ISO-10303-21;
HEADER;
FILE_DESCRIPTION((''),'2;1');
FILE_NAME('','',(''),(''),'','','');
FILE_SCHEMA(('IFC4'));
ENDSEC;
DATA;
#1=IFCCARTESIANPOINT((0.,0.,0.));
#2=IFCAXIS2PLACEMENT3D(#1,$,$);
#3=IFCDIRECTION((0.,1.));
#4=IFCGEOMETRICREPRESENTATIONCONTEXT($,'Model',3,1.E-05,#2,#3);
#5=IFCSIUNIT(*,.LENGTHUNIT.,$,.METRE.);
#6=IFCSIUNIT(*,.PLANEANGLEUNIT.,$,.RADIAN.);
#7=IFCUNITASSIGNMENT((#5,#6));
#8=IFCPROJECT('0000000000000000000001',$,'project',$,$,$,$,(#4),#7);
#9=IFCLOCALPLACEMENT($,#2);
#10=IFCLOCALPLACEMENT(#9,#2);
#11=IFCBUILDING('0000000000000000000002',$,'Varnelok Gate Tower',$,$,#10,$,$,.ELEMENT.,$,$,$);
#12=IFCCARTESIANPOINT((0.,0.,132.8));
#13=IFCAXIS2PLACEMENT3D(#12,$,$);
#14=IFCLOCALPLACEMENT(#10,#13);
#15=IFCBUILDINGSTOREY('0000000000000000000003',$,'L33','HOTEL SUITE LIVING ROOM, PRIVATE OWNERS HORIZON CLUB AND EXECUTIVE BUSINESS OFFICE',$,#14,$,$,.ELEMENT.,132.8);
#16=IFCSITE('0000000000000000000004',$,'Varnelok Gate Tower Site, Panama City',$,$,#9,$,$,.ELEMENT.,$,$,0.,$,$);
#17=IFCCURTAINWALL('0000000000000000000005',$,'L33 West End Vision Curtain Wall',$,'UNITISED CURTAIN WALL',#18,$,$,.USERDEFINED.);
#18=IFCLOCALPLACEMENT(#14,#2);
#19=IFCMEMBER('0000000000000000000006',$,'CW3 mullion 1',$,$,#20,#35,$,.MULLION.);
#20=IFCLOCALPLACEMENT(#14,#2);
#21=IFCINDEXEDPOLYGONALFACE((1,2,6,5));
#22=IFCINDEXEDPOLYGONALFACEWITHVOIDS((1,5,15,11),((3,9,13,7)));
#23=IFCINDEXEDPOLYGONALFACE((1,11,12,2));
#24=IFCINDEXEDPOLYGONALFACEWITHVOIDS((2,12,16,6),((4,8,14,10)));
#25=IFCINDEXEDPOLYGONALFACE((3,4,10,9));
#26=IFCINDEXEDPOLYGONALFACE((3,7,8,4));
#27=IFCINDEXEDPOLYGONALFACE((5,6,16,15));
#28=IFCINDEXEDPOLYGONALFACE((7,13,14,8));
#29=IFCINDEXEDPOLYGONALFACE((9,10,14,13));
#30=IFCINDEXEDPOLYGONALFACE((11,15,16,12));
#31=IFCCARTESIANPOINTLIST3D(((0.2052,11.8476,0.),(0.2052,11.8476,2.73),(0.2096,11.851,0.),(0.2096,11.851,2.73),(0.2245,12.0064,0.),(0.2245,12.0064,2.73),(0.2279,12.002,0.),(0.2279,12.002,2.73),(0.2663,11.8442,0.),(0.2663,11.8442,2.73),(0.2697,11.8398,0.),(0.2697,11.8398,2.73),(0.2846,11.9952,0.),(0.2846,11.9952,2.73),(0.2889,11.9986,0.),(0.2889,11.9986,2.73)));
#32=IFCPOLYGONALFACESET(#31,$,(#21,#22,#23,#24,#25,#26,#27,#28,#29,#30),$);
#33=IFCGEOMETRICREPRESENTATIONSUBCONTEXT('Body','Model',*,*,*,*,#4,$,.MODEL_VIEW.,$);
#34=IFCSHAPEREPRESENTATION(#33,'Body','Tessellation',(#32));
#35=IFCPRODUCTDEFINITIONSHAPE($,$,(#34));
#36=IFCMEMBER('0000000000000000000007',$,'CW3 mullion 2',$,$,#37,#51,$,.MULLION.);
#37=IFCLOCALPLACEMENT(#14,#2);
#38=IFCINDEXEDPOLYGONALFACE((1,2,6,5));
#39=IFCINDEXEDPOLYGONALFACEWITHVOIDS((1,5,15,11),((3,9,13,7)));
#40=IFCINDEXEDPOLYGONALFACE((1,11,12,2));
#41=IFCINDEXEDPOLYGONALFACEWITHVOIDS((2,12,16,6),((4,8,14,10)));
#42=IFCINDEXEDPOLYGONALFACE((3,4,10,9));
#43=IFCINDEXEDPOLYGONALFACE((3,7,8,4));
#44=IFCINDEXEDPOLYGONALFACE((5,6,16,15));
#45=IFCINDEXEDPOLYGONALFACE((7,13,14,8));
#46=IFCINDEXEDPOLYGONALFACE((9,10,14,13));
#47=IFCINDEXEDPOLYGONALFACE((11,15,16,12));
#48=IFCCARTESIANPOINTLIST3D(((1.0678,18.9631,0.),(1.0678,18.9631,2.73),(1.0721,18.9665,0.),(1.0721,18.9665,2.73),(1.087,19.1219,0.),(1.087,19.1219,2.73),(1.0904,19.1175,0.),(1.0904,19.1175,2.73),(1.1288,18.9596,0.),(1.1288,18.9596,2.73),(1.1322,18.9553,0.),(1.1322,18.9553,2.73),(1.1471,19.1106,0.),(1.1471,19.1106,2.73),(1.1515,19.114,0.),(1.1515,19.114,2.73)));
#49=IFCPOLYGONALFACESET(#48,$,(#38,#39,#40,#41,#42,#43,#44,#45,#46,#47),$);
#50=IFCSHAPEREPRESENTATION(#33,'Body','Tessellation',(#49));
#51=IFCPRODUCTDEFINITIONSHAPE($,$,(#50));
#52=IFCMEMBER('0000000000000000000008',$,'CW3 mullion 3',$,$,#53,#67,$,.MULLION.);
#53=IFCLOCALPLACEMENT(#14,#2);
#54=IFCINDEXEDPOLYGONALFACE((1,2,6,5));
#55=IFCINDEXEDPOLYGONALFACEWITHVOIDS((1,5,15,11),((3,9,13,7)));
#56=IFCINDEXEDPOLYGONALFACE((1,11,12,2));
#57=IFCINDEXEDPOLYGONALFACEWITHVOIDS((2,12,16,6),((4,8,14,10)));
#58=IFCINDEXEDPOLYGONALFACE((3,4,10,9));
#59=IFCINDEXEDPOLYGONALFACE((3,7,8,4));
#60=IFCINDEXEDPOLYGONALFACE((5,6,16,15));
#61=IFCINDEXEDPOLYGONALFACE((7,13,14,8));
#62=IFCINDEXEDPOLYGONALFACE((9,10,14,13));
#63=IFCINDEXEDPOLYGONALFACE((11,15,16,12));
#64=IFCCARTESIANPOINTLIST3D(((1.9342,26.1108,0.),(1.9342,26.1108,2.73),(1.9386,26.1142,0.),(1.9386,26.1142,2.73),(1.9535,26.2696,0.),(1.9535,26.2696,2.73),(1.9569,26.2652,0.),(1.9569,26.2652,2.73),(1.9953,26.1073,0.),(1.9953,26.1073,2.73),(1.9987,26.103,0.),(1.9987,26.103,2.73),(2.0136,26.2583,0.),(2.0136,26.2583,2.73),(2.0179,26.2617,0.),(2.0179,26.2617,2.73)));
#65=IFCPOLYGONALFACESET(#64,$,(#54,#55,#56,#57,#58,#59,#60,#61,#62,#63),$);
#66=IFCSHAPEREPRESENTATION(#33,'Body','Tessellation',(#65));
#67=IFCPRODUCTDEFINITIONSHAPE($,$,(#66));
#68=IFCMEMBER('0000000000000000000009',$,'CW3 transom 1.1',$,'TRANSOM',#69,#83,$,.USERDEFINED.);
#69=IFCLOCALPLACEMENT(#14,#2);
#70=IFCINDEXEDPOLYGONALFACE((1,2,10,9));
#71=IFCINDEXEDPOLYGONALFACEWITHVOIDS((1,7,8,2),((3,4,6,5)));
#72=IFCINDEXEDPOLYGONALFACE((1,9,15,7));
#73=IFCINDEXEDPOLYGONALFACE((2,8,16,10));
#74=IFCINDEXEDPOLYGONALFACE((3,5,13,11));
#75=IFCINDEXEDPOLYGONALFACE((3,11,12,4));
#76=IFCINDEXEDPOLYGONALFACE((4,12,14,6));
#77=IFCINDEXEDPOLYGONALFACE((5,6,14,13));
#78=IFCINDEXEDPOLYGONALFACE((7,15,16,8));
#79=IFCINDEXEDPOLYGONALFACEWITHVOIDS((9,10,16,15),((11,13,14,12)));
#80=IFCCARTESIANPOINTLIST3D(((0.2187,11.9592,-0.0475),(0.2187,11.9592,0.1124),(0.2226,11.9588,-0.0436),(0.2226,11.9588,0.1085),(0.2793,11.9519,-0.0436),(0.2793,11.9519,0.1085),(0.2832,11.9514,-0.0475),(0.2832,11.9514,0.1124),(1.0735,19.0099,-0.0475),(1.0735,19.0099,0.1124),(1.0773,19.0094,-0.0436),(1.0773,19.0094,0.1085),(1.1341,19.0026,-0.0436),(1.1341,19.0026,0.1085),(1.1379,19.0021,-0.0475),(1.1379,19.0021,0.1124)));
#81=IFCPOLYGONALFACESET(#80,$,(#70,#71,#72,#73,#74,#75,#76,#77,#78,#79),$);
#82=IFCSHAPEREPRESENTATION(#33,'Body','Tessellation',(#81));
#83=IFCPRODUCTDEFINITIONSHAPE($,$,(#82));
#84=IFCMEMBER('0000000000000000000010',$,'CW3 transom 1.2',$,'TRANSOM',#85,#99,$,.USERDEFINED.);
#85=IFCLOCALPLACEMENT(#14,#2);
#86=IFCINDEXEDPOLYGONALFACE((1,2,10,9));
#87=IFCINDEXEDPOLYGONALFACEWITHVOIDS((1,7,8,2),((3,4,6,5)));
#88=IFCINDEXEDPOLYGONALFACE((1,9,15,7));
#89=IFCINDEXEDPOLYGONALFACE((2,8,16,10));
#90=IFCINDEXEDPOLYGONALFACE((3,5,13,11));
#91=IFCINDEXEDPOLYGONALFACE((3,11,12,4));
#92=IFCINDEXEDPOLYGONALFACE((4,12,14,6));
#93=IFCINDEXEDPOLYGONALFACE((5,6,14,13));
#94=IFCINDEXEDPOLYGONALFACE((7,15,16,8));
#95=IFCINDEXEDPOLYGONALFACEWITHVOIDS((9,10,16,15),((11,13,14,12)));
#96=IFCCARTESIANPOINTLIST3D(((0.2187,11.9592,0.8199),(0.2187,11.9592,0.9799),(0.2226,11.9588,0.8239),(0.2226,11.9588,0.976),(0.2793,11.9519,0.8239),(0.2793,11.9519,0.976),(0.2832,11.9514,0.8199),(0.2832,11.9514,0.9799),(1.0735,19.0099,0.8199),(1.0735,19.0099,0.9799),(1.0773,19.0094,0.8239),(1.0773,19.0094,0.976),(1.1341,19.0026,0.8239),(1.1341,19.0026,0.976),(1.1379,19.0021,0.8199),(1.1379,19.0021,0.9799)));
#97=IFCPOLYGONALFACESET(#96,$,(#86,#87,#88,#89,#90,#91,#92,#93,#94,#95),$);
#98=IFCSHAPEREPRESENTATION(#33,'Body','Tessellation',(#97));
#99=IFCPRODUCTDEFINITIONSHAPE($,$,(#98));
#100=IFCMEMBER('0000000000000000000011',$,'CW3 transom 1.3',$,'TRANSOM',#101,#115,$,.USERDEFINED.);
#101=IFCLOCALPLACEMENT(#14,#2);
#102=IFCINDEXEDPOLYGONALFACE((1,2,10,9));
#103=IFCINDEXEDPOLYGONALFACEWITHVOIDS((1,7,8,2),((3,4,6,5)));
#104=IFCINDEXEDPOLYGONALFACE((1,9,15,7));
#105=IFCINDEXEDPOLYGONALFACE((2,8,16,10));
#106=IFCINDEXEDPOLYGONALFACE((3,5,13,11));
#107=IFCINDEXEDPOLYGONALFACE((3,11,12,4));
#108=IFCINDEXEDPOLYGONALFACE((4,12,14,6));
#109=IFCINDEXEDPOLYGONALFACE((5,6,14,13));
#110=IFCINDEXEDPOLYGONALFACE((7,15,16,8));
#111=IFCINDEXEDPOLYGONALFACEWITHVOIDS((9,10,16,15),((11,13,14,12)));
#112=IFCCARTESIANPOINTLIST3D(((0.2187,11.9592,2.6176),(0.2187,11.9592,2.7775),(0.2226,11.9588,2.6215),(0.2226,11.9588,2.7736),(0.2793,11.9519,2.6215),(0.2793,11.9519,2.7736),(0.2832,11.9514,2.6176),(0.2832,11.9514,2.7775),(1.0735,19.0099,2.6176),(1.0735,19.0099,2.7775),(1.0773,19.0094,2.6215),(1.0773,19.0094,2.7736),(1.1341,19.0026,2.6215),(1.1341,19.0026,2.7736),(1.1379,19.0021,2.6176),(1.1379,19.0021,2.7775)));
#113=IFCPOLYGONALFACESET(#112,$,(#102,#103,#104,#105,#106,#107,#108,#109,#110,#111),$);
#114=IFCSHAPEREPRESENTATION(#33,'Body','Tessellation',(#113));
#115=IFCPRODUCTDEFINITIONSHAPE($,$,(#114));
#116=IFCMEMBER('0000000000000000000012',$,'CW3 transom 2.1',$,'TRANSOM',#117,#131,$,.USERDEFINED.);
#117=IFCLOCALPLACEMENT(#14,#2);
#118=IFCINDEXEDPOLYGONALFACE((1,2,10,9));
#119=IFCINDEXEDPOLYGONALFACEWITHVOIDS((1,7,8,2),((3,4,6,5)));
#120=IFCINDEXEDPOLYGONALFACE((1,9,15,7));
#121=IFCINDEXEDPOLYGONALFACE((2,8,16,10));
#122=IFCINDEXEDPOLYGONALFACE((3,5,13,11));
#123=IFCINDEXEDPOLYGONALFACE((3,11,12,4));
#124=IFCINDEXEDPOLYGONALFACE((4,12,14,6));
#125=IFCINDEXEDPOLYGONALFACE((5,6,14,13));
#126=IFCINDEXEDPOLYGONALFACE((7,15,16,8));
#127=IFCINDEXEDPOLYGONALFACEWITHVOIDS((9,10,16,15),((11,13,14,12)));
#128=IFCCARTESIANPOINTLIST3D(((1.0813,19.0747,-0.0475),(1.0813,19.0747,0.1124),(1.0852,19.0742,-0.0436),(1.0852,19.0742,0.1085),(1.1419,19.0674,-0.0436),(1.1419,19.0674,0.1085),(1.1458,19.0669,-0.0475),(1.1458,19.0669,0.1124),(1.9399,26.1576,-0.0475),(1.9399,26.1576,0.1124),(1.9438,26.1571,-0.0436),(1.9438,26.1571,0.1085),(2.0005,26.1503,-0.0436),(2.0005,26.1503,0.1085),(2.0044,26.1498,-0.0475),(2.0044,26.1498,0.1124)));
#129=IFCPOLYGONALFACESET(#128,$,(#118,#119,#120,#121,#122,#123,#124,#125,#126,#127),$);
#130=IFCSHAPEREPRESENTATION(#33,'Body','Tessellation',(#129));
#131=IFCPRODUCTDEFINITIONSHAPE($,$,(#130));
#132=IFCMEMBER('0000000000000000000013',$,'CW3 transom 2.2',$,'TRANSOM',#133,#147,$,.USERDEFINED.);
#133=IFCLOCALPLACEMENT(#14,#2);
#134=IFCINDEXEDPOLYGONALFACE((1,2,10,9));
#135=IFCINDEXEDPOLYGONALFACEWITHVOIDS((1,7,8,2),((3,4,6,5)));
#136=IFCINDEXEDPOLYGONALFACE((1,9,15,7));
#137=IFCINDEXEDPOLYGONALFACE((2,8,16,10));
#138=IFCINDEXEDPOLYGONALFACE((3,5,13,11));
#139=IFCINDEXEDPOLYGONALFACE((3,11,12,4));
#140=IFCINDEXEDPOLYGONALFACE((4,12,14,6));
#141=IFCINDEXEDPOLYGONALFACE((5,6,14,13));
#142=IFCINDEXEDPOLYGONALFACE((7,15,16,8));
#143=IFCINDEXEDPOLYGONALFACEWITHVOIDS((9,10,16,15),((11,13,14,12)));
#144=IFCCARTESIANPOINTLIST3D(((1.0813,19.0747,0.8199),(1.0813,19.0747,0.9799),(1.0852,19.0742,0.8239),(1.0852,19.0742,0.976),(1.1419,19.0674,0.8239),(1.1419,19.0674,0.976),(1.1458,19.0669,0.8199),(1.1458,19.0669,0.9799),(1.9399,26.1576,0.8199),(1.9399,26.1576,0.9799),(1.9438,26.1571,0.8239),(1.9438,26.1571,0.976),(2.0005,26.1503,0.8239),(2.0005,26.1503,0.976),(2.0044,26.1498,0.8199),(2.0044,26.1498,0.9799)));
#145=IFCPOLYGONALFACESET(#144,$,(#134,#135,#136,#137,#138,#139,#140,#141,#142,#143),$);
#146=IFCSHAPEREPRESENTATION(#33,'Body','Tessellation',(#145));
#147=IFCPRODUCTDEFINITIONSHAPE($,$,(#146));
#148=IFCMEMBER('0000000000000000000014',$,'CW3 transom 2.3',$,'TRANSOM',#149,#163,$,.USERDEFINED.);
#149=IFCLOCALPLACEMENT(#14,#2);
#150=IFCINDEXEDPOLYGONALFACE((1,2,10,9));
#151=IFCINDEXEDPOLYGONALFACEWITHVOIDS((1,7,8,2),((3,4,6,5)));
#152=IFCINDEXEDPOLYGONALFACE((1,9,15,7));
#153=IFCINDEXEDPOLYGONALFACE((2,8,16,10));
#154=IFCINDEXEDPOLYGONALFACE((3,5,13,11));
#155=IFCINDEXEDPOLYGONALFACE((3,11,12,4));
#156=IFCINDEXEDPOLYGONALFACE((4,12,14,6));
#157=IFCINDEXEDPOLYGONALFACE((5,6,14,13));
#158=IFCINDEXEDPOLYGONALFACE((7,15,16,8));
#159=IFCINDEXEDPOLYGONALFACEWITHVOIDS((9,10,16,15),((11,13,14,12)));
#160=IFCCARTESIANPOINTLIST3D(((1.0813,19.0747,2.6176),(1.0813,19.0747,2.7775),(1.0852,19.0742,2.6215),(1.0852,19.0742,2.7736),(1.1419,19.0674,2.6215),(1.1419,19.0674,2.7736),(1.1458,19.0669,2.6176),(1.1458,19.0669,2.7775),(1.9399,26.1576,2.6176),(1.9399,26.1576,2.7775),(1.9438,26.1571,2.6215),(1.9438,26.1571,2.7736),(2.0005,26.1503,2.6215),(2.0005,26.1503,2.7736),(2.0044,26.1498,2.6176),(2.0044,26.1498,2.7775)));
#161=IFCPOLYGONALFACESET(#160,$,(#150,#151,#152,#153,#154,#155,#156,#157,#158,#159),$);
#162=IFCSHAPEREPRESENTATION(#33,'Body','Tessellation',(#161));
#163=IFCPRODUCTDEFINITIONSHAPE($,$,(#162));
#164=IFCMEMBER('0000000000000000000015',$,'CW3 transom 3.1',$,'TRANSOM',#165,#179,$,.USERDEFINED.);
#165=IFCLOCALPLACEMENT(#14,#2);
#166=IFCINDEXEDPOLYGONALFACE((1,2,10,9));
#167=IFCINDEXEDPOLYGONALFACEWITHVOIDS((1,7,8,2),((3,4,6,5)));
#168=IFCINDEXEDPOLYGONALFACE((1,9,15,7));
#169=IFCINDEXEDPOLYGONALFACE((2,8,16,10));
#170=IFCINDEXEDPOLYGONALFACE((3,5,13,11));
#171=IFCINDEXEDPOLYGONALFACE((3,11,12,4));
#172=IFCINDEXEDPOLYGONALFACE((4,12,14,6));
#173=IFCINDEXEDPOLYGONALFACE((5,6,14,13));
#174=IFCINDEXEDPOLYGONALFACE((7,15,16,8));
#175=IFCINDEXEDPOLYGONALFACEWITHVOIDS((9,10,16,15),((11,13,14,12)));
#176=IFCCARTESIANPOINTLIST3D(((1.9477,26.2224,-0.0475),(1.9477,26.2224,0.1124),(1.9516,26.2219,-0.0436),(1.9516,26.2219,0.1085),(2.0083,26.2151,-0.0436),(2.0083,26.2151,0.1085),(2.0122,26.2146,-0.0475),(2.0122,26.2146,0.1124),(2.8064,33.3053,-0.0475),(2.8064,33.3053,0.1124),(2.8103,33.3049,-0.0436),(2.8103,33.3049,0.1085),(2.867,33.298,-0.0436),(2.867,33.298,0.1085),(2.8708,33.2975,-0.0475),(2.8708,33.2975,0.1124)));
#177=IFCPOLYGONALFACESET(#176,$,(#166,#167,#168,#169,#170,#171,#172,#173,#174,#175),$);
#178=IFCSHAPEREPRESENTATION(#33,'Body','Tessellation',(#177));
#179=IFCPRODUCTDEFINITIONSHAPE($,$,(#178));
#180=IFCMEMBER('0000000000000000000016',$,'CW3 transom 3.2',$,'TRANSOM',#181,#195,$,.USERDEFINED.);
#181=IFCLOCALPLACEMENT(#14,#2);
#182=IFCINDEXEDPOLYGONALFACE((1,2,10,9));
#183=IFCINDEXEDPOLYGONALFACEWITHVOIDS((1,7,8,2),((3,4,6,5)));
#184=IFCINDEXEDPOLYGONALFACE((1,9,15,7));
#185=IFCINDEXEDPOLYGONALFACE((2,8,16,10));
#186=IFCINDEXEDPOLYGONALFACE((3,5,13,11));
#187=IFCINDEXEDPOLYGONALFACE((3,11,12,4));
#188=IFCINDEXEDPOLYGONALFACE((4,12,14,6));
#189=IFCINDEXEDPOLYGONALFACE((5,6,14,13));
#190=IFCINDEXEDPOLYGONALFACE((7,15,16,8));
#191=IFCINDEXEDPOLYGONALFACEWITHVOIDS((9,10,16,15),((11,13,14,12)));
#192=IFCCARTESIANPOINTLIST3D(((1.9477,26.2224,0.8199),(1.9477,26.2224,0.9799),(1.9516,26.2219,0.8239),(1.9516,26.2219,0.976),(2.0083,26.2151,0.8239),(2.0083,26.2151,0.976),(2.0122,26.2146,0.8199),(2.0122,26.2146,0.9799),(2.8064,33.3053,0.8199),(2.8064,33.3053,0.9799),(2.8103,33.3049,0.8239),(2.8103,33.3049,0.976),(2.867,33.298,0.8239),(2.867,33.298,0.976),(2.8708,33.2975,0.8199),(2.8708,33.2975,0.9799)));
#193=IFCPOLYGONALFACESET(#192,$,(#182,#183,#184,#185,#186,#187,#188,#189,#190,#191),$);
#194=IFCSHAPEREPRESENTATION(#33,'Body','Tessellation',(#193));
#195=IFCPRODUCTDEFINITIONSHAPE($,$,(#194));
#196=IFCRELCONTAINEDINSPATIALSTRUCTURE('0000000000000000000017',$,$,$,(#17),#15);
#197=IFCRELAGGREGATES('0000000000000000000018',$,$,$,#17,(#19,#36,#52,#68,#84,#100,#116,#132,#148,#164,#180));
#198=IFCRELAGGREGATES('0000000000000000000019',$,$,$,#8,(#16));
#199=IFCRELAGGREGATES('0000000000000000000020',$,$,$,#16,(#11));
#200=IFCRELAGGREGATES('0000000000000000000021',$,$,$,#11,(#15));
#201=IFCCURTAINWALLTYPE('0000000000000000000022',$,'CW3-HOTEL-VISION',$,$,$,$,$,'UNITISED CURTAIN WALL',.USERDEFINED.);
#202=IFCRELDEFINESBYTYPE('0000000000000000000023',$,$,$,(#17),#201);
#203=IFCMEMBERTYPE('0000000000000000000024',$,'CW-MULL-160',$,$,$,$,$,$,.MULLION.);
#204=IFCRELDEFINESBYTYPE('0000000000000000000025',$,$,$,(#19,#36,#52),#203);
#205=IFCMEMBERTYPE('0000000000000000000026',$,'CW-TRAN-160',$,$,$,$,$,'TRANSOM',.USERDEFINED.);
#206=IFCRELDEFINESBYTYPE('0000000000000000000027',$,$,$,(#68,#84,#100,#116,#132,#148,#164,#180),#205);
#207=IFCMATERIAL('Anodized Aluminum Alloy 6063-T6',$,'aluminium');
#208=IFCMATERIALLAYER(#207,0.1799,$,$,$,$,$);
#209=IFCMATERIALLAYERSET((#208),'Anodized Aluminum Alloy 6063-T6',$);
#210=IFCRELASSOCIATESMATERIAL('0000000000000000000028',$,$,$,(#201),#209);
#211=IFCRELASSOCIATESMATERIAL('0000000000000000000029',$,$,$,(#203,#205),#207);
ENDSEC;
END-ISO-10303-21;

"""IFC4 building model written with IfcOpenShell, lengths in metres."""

from ifc_helpers import new_model, si_unit, direction, frame, origin, origin_2d, place, context, subcontext, project, spatial, hollow_rectangle, extrude, material, layer, layer_set, material_profile, profile_set, type_object, element, aggregate, save


model = new_model("IFC4")

# Units and contexts
model_context = context("Model", 3, precision=1e-05, world=origin(), true_north=direction((0.0, 1.0)))
body_context = subcontext(model_context, "Body", "Model", "MODEL_VIEW")
ifc_project = project(units=[si_unit("LENGTHUNIT", "METRE"), si_unit("PLANEANGLEUNIT", "RADIAN")], contexts=[model_context])

# Site, building, storey
site_placement = place(None, origin())
site = spatial("IfcSite", under=ifc_project, at=site_placement, Name="Varnelok Gate Tower Site, Panama City", CompositionType="ELEMENT", RefElevation=0.0)
building_placement = place(site_placement, origin())
building = spatial("IfcBuilding", under=site, at=building_placement, Name="Varnelok Gate Tower", CompositionType="ELEMENT")
storey_placement = place(building_placement, frame((0.0, 0.0, 132.8)))
storey = spatial("IfcBuildingStorey", under=building, at=storey_placement, Name="L33", Description="HOTEL SUITE LIVING ROOM, PRIVATE OWNERS HORIZON CLUB AND EXECUTIVE BUSINESS OFFICE", CompositionType="ELEMENT", Elevation=132.8)

# Curtain wall, members
ifc_material_1 = material(Name="Anodized Aluminum Alloy 6063-T6", Category="aluminium")
ifc_layer_1 = layer(ifc_material_1, 0.1799)
ifc_layer_set_1 = layer_set([ifc_layer_1], Name="Anodized Aluminum Alloy 6063-T6")
curtain_wall_type = type_object("IfcCurtainWallType", Name="CW3-HOTEL-VISION", ElementType="UNITISED CURTAIN WALL", PredefinedType="USERDEFINED", material=ifc_layer_set_1)
curtain_wall_placement = place(storey_placement, origin())
curtain_wall = element("IfcCurtainWall", 1, at=curtain_wall_placement, inside=storey, type_object=curtain_wall_type, Name="L33 West End Vision Curtain Wall", ObjectType="UNITISED CURTAIN WALL", PredefinedType="USERDEFINED")
ifc_material_profile_1 = material_profile(ifc_material_1, hollow_rectangle(XDim=0.0649, YDim=0.1599, WallThickness=0.0039, at=origin_2d()), Name="ALU160X65X4")
ifc_profile_set_1 = profile_set([ifc_material_profile_1], Name="Anodized Aluminum Alloy 6063-T6")
member_type_1 = type_object("IfcMemberType", Name="CW-MULL-160", PredefinedType="MULLION", material=ifc_profile_set_1)
member_1_placement = place(storey_placement, frame((0.2471, 11.9231, 0.0), z_axis=(0.0, 0.0, 1.0), x_axis=(-0.992732, 0.120347, 0.0)))
member_1 = element("IfcMember", 2, at=member_1_placement, type_object=member_type_1, Name="CW3 mullion 1", PredefinedType="MULLION", context=body_context, shape_type="SweptSolid", body=[
    extrude(hollow_rectangle(XDim=0.0649, YDim=0.1599, WallThickness=0.0039, at=origin_2d()), origin(), (0.0, 0.0, 1.0), 2.73),
])
member_2_placement = place(storey_placement, frame((1.1096, 19.0386, 0.0), z_axis=(0.0, 0.0, 1.0), x_axis=(-0.992732, 0.120347, 0.0)))
member_2 = element("IfcMember", 3, at=member_2_placement, type_object=member_type_1, Name="CW3 mullion 2", PredefinedType="MULLION", context=body_context, shape_type="SweptSolid", body=[
    extrude(hollow_rectangle(XDim=0.0649, YDim=0.1599, WallThickness=0.0039, at=origin_2d()), origin(), (0.0, 0.0, 1.0), 2.73),
])
member_3_placement = place(storey_placement, frame((1.9761, 26.1863, 0.0), z_axis=(0.0, 0.0, 1.0), x_axis=(-0.992732, 0.120347, 0.0)))
member_3 = element("IfcMember", 4, at=member_3_placement, type_object=member_type_1, Name="CW3 mullion 3", PredefinedType="MULLION", context=body_context, shape_type="SweptSolid", body=[
    extrude(hollow_rectangle(XDim=0.0649, YDim=0.1599, WallThickness=0.0039, at=origin_2d()), origin(), (0.0, 0.0, 1.0), 2.73),
])
ifc_material_profile_2 = material_profile(ifc_material_1, hollow_rectangle(XDim=0.0649, YDim=0.1599, WallThickness=0.0039, at=origin_2d()), Name="ALU160X65X4")
ifc_profile_set_2 = profile_set([ifc_material_profile_2], Name="Anodized Aluminum Alloy 6063-T6")
member_type_2 = type_object("IfcMemberType", Name="CW-TRAN-160", ElementType="TRANSOM", PredefinedType="USERDEFINED", material=ifc_profile_set_2)
member_4_placement = place(storey_placement, frame((0.251, 11.9553, 0.0325), z_axis=(0.120345, 0.992732, 0.0), x_axis=(-0.992732, 0.120345, 0.0)))
member_4 = element("IfcMember", 5, at=member_4_placement, type_object=member_type_2, Name="CW3 transom 1.1", ObjectType="TRANSOM", PredefinedType="USERDEFINED", context=body_context, shape_type="SweptSolid", body=[
    extrude(hollow_rectangle(XDim=0.0649, YDim=0.1599, WallThickness=0.0039, at=origin_2d()), origin(), (0.0, 0.0, 1.0), 7.1023),
])
member_5_placement = place(storey_placement, frame((0.251, 11.9553, 0.8999), z_axis=(0.120345, 0.992732, 0.0), x_axis=(-0.992732, 0.120345, 0.0)))
member_5 = element("IfcMember", 6, at=member_5_placement, type_object=member_type_2, Name="CW3 transom 1.2", ObjectType="TRANSOM", PredefinedType="USERDEFINED", context=body_context, shape_type="SweptSolid", body=[
    extrude(hollow_rectangle(XDim=0.0649, YDim=0.1599, WallThickness=0.0039, at=origin_2d()), origin(), (0.0, 0.0, 1.0), 7.1023),
])
member_6_placement = place(storey_placement, frame((0.251, 11.9553, 2.6975), z_axis=(0.120345, 0.992732, 0.0), x_axis=(-0.992732, 0.120345, 0.0)))
member_6 = element("IfcMember", 7, at=member_6_placement, type_object=member_type_2, Name="CW3 transom 1.3", ObjectType="TRANSOM", PredefinedType="USERDEFINED", context=body_context, shape_type="SweptSolid", body=[
    extrude(hollow_rectangle(XDim=0.0649, YDim=0.1599, WallThickness=0.0039, at=origin_2d()), origin(), (0.0, 0.0, 1.0), 7.1023),
])
member_7_placement = place(storey_placement, frame((1.1135, 19.0708, 0.0325), z_axis=(0.120345, 0.992732, 0.0), x_axis=(-0.992732, 0.120345, 0.0)))
member_7 = element("IfcMember", 8, at=member_7_placement, type_object=member_type_2, Name="CW3 transom 2.1", ObjectType="TRANSOM", PredefinedType="USERDEFINED", context=body_context, shape_type="SweptSolid", body=[
    extrude(hollow_rectangle(XDim=0.0649, YDim=0.1599, WallThickness=0.0039, at=origin_2d()), origin(), (0.0, 0.0, 1.0), 7.1348),
])
member_8_placement = place(storey_placement, frame((1.1135, 19.0708, 0.8999), z_axis=(0.120345, 0.992732, 0.0), x_axis=(-0.992732, 0.120345, 0.0)))
member_8 = element("IfcMember", 9, at=member_8_placement, type_object=member_type_2, Name="CW3 transom 2.2", ObjectType="TRANSOM", PredefinedType="USERDEFINED", context=body_context, shape_type="SweptSolid", body=[
    extrude(hollow_rectangle(XDim=0.0649, YDim=0.1599, WallThickness=0.0039, at=origin_2d()), origin(), (0.0, 0.0, 1.0), 7.1348),
])
member_9_placement = place(storey_placement, frame((1.1135, 19.0708, 2.6975), z_axis=(0.120345, 0.992732, 0.0), x_axis=(-0.992732, 0.120345, 0.0)))
member_9 = element("IfcMember", 10, at=member_9_placement, type_object=member_type_2, Name="CW3 transom 2.3", ObjectType="TRANSOM", PredefinedType="USERDEFINED", context=body_context, shape_type="SweptSolid", body=[
    extrude(hollow_rectangle(XDim=0.0649, YDim=0.1599, WallThickness=0.0039, at=origin_2d()), origin(), (0.0, 0.0, 1.0), 7.1348),
])
member_10_placement = place(storey_placement, frame((1.98, 26.2185, 0.0325), z_axis=(0.120345, 0.992732, 0.0), x_axis=(-0.992732, 0.120345, 0.0)))
member_10 = element("IfcMember", 11, at=member_10_placement, type_object=member_type_2, Name="CW3 transom 3.1", ObjectType="TRANSOM", PredefinedType="USERDEFINED", context=body_context, shape_type="SweptSolid", body=[
    extrude(hollow_rectangle(XDim=0.0649, YDim=0.1599, WallThickness=0.0039, at=origin_2d()), origin(), (0.0, 0.0, 1.0), 7.1348),
])
member_11_placement = place(storey_placement, frame((1.98, 26.2185, 0.8999), z_axis=(0.120345, 0.992732, 0.0), x_axis=(-0.992732, 0.120345, 0.0)))
member_11 = element("IfcMember", 12, at=member_11_placement, type_object=member_type_2, Name="CW3 transom 3.2", ObjectType="TRANSOM", PredefinedType="USERDEFINED", context=body_context, shape_type="SweptSolid", body=[
    extrude(hollow_rectangle(XDim=0.0649, YDim=0.1599, WallThickness=0.0039, at=origin_2d()), origin(), (0.0, 0.0, 1.0), 7.1348),
])
aggregate(curtain_wall, [member_1, member_2, member_3, member_4, member_5, member_6, member_7, member_8, member_9, member_10, member_11])

save(model, "model.ifc")
